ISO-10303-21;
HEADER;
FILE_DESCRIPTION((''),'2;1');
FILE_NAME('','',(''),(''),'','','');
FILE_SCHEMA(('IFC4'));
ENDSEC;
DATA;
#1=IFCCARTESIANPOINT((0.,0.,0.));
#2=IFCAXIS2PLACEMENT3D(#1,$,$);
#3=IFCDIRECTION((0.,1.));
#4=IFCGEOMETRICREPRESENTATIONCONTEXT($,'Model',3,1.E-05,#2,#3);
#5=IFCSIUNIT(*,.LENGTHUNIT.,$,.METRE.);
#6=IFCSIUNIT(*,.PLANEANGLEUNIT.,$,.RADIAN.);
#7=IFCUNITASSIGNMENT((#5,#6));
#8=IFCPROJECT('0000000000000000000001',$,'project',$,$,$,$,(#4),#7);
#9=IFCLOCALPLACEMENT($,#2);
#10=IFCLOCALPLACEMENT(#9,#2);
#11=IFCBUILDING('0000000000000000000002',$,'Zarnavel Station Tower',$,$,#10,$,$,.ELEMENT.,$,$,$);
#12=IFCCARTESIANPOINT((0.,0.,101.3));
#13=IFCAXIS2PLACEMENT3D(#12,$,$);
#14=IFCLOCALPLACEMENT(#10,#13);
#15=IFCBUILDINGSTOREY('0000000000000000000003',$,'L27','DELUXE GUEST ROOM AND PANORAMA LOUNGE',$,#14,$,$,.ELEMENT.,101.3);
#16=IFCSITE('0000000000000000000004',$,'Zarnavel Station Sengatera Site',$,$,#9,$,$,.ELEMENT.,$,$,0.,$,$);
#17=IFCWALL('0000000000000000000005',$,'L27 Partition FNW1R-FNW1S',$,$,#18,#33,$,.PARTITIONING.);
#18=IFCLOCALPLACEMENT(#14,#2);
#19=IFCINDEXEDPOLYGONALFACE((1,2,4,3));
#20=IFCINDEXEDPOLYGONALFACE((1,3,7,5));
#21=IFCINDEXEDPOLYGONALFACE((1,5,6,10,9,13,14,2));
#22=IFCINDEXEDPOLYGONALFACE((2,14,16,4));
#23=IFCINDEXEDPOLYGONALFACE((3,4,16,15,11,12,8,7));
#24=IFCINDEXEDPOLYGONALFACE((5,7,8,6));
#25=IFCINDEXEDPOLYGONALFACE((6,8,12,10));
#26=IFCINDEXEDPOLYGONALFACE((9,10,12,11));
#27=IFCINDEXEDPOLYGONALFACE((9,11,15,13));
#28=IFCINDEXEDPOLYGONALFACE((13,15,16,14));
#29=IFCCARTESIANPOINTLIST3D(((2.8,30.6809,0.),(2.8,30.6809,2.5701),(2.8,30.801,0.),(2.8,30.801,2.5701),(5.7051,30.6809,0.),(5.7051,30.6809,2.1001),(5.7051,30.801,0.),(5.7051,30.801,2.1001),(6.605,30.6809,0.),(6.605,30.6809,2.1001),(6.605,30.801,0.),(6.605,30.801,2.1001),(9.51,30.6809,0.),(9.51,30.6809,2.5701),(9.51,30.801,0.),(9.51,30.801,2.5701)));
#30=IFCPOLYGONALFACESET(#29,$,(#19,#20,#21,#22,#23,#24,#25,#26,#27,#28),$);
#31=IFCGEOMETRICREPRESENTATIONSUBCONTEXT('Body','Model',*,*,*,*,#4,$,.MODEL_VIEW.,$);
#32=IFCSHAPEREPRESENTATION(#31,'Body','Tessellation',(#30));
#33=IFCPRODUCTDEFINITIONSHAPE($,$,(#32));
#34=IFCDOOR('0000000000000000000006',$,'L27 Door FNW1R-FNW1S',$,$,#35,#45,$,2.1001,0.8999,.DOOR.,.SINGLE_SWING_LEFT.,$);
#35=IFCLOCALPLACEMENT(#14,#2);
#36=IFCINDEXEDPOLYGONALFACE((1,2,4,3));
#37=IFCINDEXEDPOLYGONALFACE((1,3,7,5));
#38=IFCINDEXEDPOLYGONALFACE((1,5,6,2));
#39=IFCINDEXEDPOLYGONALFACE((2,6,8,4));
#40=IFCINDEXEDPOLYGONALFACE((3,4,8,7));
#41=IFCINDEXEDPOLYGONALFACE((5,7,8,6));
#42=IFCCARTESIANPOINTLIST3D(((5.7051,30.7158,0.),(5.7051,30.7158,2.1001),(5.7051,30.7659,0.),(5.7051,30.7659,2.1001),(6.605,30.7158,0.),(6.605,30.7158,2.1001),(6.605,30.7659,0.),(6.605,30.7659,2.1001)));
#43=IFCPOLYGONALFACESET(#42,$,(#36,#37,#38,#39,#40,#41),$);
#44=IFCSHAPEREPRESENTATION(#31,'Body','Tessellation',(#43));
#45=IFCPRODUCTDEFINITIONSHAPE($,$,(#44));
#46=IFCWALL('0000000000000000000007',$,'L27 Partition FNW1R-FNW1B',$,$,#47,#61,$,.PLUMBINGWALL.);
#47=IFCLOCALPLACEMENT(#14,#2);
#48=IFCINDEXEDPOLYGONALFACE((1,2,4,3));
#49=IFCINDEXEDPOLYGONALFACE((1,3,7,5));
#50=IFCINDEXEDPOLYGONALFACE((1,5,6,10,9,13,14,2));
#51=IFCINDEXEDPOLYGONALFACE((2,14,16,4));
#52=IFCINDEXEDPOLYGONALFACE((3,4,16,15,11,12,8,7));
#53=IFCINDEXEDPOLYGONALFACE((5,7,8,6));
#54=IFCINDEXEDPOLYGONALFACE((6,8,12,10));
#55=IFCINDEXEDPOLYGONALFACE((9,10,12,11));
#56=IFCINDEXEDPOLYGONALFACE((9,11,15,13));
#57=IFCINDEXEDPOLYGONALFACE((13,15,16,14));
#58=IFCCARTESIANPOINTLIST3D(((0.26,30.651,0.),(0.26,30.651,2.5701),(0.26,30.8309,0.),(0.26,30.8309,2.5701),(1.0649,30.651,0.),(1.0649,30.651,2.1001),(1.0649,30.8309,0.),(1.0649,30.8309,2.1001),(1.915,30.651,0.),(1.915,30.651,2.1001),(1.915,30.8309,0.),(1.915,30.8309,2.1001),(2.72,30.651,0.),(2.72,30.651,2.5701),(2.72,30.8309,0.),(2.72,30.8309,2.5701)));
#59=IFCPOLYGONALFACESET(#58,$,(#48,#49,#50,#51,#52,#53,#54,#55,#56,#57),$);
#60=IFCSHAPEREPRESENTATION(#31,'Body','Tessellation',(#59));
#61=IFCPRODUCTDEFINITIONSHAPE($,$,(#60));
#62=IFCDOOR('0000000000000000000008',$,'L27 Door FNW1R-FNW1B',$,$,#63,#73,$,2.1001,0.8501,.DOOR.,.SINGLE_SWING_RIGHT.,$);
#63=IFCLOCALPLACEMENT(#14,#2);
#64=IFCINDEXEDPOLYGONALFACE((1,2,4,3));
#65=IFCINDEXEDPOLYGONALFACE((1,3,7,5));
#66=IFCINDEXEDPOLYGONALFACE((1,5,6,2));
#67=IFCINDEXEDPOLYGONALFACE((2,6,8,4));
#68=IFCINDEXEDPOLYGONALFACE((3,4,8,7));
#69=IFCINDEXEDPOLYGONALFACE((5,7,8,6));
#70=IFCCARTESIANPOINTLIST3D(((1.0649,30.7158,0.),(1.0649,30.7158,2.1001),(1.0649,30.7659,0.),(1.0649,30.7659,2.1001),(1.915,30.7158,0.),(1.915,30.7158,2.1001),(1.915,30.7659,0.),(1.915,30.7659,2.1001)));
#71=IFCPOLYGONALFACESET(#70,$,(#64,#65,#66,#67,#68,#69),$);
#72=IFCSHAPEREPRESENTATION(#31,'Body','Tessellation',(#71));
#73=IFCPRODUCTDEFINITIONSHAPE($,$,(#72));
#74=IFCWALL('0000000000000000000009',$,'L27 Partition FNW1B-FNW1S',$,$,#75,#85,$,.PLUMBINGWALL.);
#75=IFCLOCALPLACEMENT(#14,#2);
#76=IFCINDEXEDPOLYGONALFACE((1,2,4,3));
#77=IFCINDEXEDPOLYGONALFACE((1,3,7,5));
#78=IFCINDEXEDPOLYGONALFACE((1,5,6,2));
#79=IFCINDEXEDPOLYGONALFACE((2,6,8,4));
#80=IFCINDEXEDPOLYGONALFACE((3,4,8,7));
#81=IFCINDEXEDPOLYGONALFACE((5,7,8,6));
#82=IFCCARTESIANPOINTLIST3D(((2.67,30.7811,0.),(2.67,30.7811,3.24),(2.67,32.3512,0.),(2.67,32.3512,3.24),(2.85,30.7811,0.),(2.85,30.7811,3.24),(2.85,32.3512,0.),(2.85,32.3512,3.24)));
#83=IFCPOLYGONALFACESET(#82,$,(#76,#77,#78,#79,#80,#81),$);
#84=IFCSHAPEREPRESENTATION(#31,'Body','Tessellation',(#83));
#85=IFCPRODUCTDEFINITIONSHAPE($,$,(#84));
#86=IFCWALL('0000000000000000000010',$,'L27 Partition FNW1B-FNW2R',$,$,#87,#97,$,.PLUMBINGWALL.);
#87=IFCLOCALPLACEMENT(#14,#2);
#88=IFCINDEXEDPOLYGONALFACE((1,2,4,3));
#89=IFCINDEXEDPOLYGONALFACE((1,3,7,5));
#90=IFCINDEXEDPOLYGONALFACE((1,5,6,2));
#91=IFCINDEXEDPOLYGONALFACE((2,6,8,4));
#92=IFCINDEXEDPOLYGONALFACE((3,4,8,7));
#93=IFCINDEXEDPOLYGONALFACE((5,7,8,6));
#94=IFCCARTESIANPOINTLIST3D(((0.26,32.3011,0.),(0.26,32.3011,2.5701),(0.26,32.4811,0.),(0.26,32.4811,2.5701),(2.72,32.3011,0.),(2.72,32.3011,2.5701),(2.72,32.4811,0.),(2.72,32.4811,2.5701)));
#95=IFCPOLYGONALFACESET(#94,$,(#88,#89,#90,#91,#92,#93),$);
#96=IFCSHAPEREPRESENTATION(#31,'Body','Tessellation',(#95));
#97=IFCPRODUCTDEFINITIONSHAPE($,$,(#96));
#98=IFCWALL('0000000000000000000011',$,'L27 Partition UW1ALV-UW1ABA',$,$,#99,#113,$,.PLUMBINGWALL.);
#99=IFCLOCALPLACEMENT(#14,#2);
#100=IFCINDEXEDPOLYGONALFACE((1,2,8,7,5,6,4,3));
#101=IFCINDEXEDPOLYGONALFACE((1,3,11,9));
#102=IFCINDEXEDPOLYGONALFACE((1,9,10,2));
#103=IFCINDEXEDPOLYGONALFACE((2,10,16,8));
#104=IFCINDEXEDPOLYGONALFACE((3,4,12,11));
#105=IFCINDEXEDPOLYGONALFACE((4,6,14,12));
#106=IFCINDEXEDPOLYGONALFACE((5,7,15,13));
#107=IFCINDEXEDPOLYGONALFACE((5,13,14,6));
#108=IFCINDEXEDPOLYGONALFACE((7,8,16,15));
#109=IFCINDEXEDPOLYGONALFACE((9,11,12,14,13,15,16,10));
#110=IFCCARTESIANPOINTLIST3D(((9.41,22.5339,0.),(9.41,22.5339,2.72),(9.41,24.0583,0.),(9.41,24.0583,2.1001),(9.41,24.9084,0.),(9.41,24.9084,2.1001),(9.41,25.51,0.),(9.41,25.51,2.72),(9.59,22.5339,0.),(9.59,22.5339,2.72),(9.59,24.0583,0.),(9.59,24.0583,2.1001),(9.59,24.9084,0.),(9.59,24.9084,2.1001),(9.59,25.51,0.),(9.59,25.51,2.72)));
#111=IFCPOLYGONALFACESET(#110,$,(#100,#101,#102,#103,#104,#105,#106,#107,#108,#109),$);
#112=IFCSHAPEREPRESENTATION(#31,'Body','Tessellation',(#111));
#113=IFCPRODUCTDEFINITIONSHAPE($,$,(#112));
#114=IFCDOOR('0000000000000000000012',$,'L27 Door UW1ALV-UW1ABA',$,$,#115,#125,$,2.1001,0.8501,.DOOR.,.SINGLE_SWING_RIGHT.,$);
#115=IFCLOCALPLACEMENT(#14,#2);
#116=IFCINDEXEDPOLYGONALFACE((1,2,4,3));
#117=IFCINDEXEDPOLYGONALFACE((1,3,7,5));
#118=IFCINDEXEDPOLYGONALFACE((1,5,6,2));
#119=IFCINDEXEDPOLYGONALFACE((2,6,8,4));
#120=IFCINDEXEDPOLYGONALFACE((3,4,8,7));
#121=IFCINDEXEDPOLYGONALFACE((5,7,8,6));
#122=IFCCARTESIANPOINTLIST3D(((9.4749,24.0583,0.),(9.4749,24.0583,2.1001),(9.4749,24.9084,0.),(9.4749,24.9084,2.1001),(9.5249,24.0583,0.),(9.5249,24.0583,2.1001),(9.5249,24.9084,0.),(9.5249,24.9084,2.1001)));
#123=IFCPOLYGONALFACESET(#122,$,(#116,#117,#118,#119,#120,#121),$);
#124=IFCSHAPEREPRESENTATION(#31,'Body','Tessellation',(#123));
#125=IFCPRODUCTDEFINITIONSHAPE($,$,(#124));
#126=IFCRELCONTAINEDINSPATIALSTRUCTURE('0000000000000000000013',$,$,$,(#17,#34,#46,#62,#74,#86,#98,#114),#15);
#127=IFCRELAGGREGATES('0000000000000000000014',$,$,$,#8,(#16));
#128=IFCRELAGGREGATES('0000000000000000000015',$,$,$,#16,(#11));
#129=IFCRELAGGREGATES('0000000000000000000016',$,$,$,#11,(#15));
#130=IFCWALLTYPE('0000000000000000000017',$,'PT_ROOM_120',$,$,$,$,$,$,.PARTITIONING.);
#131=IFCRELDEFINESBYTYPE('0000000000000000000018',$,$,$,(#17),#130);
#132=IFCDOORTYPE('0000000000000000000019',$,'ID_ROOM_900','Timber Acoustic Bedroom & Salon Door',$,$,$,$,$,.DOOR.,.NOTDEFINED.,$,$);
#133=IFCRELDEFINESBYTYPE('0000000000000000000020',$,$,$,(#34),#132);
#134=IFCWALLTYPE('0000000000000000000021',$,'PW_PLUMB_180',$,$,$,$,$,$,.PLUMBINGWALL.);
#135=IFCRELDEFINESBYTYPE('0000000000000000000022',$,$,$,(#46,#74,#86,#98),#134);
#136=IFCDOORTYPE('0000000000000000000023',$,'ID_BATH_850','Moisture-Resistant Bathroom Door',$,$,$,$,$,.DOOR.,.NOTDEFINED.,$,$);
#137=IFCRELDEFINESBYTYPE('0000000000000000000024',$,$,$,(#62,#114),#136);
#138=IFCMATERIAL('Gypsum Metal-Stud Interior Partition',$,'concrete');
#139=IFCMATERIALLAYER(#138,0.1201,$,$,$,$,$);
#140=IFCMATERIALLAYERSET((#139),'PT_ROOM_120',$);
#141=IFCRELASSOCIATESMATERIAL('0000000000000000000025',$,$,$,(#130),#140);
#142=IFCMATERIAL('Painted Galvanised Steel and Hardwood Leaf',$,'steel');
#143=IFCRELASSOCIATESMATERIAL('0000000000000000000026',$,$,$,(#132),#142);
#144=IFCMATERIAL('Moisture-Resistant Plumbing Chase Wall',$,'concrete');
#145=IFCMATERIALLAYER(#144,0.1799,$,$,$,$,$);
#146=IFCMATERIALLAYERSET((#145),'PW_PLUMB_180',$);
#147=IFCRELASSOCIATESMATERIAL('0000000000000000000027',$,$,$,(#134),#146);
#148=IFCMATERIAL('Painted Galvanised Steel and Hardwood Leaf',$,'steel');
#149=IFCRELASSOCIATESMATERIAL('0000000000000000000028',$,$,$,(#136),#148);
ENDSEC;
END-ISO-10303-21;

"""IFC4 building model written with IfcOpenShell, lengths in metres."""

from ifc_helpers import new_model, si_unit, direction, frame, frame_2d, origin, place, context, subcontext, project, spatial, rectangle, extrude, material, layer, layer_set, type_object, element, fill, save


model = new_model("IFC4")

# Units and contexts
model_context = context("Model", 3, precision=1e-05, world=origin(), true_north=direction((0.0, 1.0)))
body_context = subcontext(model_context, "Body", "Model", "MODEL_VIEW")
ifc_project = project(units=[si_unit("LENGTHUNIT", "METRE"), si_unit("PLANEANGLEUNIT", "RADIAN")], contexts=[model_context])

# Site, building, storey
site_placement = place(None, origin())
site = spatial("IfcSite", under=ifc_project, at=site_placement, Name="Zarnavel Station Sengatera Site", CompositionType="ELEMENT", RefElevation=0.0)
building_placement = place(site_placement, origin())
building = spatial("IfcBuilding", under=site, at=building_placement, Name="Zarnavel Station Tower", CompositionType="ELEMENT")
storey_placement = place(building_placement, frame((0.0, 0.0, 101.3)))
storey = spatial("IfcBuildingStorey", under=building, at=storey_placement, Name="L27", Description="DELUXE GUEST ROOM AND PANORAMA LOUNGE", CompositionType="ELEMENT", Elevation=101.3)

# Wall, opening, door
ifc_material_1 = material(Name="Gypsum Metal-Stud Interior Partition", Category="concrete")
ifc_layer_1 = layer(ifc_material_1, 0.1201)
ifc_layer_set_1 = layer_set([ifc_layer_1], Name="PT_ROOM_120")
wall_type_1 = type_object("IfcWallType", Name="PT_ROOM_120", PredefinedType="PARTITIONING", material=ifc_layer_set_1)
wall_1_placement = place(storey_placement, frame((2.8, 30.741, 0.0), z_axis=(0.0, 0.0, 1.0), x_axis=(1.0, 0.0, 0.0)))
wall_1 = element("IfcWall", 1, at=wall_1_placement, inside=storey, type_object=wall_type_1, Name="L27 Partition FNW1R-FNW1S", PredefinedType="PARTITIONING", context=body_context, shape_type="SweptSolid", body=[
    extrude(rectangle(XDim=6.71, YDim=0.1201, at=frame_2d((3.355, 0.0))), origin(), (0.0, 0.0, 1.0), 2.5701),
])
opening_1_placement = place(wall_1_placement, frame((2.905, 0.0, 0.0)))
opening_1 = element("IfcOpeningElement", 2, at=opening_1_placement, cuts=wall_1, PredefinedType="OPENING", context=body_context, shape_type="SweptSolid", body=[
    extrude(rectangle(XDim=0.8999, YDim=2.1001, at=frame_2d((0.45, 1.05))), frame((0.0, 0.0701, 0.0), z_axis=(0.0, -1.0, 0.0), x_axis=(1.0, 0.0, 0.0)), (0.0, 0.0, 1.0), 0.1401),
])
ifc_material_2 = material(Name="Painted Galvanised Steel and Hardwood Leaf", Category="steel")
door_type_1 = type_object("IfcDoorType", Name="ID_ROOM_900", Description="Timber Acoustic Bedroom & Salon Door", OperationType="NOTDEFINED", PredefinedType="DOOR", material=ifc_material_2)
door_1_placement = place(opening_1_placement, origin())
door_1 = element("IfcDoor", 3, at=door_1_placement, inside=storey, type_object=door_type_1, Name="L27 Door FNW1R-FNW1S", OperationType="SINGLE_SWING_LEFT", OverallHeight=2.1001, OverallWidth=0.8999, PredefinedType="DOOR", context=body_context, shape_type="SweptSolid", body=[
    extrude(rectangle(XDim=0.8999, YDim=2.1001, at=frame_2d((0.45, 1.05))), frame((0.0, 0.0249, 0.0), z_axis=(0.0, -1.0, 0.0), x_axis=(1.0, 0.0, 0.0)), (0.0, 0.0, 1.0), 0.05),
])
fill(opening_1, door_1)

# Shared definitions
ifc_material_3 = material(Name="Moisture-Resistant Plumbing Chase Wall", Category="concrete")
ifc_layer_2 = layer(ifc_material_3, 0.1799)
ifc_layer_set_2 = layer_set([ifc_layer_2], Name="PW_PLUMB_180")
wall_type_2 = type_object("IfcWallType", Name="PW_PLUMB_180", PredefinedType="PLUMBINGWALL", material=ifc_layer_set_2)

# Wall, opening, door
wall_2_placement = place(storey_placement, frame((0.26, 30.741, 0.0), z_axis=(0.0, 0.0, 1.0), x_axis=(1.0, 0.0, 0.0)))
wall_2 = element("IfcWall", 4, at=wall_2_placement, inside=storey, type_object=wall_type_2, Name="L27 Partition FNW1R-FNW1B", PredefinedType="PLUMBINGWALL", context=body_context, shape_type="SweptSolid", body=[
    extrude(rectangle(XDim=2.46, YDim=0.1799, at=frame_2d((1.23, 0.0))), origin(), (0.0, 0.0, 1.0), 2.5701),
])
opening_2_placement = place(wall_2_placement, frame((0.8049, 0.0, 0.0)))
opening_2 = element("IfcOpeningElement", 5, at=opening_2_placement, cuts=wall_2, PredefinedType="OPENING", context=body_context, shape_type="SweptSolid", body=[
    extrude(rectangle(XDim=0.8501, YDim=2.1001, at=frame_2d((0.425, 1.05))), frame((0.0, 0.0999, 0.0), z_axis=(0.0, -1.0, 0.0), x_axis=(1.0, 0.0, 0.0)), (0.0, 0.0, 1.0), 0.2),
])
ifc_material_4 = material(Name="Painted Galvanised Steel and Hardwood Leaf", Category="steel")
door_type_2 = type_object("IfcDoorType", Name="ID_BATH_850", Description="Moisture-Resistant Bathroom Door", OperationType="NOTDEFINED", PredefinedType="DOOR", material=ifc_material_4)
door_2_placement = place(opening_2_placement, origin())
door_2 = element("IfcDoor", 6, at=door_2_placement, inside=storey, type_object=door_type_2, Name="L27 Door FNW1R-FNW1B", OperationType="SINGLE_SWING_RIGHT", OverallHeight=2.1001, OverallWidth=0.8501, PredefinedType="DOOR", context=body_context, shape_type="SweptSolid", body=[
    extrude(rectangle(XDim=0.8501, YDim=2.1001, at=frame_2d((0.425, 1.05))), frame((0.0, 0.0249, 0.0), z_axis=(0.0, -1.0, 0.0), x_axis=(1.0, 0.0, 0.0)), (0.0, 0.0, 1.0), 0.05),
])
fill(opening_2, door_2)

# Walls
wall_3_placement = place(storey_placement, frame((2.76, 30.781, 0.0), z_axis=(0.0, 0.0, 1.0), x_axis=(0.0, 1.0, 0.0)))
element("IfcWall", 7, at=wall_3_placement, inside=storey, type_object=wall_type_2, Name="L27 Partition FNW1B-FNW1S", PredefinedType="PLUMBINGWALL", context=body_context, shape_type="SweptSolid", body=[
    extrude(rectangle(XDim=1.5701, YDim=0.1799, at=frame_2d((0.7852, 0.0))), origin(), (0.0, 0.0, 1.0), 3.24),
])
wall_4_placement = place(storey_placement, frame((0.26, 32.3911, 0.0), z_axis=(0.0, 0.0, 1.0), x_axis=(1.0, 0.0, 0.0)))
element("IfcWall", 8, at=wall_4_placement, inside=storey, type_object=wall_type_2, Name="L27 Partition FNW1B-FNW2R", PredefinedType="PLUMBINGWALL", context=body_context, shape_type="SweptSolid", body=[
    extrude(rectangle(XDim=2.46, YDim=0.1799, at=frame_2d((1.23, 0.0))), origin(), (0.0, 0.0, 1.0), 2.5701),
])

# Wall, opening, door
wall_5_placement = place(storey_placement, frame((9.5, 25.51, 0.0), z_axis=(0.0, 0.0, 1.0), x_axis=(0.0, -1.0, 0.0)))
wall_5 = element("IfcWall", 9, at=wall_5_placement, inside=storey, type_object=wall_type_2, Name="L27 Partition UW1ALV-UW1ABA", PredefinedType="PLUMBINGWALL", context=body_context, shape_type="SweptSolid", body=[
    extrude(rectangle(XDim=2.9761, YDim=0.1799, at=frame_2d((1.488, 0.0))), origin(), (0.0, 0.0, 1.0), 2.72),
])
opening_3_placement = place(wall_5_placement, frame((0.6016, 0.0, 0.0)))
opening_3 = element("IfcOpeningElement", 10, at=opening_3_placement, cuts=wall_5, PredefinedType="OPENING", context=body_context, shape_type="SweptSolid", body=[
    extrude(rectangle(XDim=0.8501, YDim=2.1001, at=frame_2d((0.425, 1.05))), frame((0.0, 0.0999, 0.0), z_axis=(0.0, -1.0, 0.0), x_axis=(1.0, 0.0, 0.0)), (0.0, 0.0, 1.0), 0.2),
])
door_3_placement = place(opening_3_placement, origin())
door_3 = element("IfcDoor", 11, at=door_3_placement, inside=storey, type_object=door_type_2, Name="L27 Door UW1ALV-UW1ABA", OperationType="SINGLE_SWING_RIGHT", OverallHeight=2.1001, OverallWidth=0.8501, PredefinedType="DOOR", context=body_context, shape_type="SweptSolid", body=[
    extrude(rectangle(XDim=0.8501, YDim=2.1001, at=frame_2d((0.425, 1.05))), frame((0.0, 0.0249, 0.0), z_axis=(0.0, -1.0, 0.0), x_axis=(1.0, 0.0, 0.0)), (0.0, 0.0, 1.0), 0.05),
])
fill(opening_3, door_3)

save(model, "model.ifc")
